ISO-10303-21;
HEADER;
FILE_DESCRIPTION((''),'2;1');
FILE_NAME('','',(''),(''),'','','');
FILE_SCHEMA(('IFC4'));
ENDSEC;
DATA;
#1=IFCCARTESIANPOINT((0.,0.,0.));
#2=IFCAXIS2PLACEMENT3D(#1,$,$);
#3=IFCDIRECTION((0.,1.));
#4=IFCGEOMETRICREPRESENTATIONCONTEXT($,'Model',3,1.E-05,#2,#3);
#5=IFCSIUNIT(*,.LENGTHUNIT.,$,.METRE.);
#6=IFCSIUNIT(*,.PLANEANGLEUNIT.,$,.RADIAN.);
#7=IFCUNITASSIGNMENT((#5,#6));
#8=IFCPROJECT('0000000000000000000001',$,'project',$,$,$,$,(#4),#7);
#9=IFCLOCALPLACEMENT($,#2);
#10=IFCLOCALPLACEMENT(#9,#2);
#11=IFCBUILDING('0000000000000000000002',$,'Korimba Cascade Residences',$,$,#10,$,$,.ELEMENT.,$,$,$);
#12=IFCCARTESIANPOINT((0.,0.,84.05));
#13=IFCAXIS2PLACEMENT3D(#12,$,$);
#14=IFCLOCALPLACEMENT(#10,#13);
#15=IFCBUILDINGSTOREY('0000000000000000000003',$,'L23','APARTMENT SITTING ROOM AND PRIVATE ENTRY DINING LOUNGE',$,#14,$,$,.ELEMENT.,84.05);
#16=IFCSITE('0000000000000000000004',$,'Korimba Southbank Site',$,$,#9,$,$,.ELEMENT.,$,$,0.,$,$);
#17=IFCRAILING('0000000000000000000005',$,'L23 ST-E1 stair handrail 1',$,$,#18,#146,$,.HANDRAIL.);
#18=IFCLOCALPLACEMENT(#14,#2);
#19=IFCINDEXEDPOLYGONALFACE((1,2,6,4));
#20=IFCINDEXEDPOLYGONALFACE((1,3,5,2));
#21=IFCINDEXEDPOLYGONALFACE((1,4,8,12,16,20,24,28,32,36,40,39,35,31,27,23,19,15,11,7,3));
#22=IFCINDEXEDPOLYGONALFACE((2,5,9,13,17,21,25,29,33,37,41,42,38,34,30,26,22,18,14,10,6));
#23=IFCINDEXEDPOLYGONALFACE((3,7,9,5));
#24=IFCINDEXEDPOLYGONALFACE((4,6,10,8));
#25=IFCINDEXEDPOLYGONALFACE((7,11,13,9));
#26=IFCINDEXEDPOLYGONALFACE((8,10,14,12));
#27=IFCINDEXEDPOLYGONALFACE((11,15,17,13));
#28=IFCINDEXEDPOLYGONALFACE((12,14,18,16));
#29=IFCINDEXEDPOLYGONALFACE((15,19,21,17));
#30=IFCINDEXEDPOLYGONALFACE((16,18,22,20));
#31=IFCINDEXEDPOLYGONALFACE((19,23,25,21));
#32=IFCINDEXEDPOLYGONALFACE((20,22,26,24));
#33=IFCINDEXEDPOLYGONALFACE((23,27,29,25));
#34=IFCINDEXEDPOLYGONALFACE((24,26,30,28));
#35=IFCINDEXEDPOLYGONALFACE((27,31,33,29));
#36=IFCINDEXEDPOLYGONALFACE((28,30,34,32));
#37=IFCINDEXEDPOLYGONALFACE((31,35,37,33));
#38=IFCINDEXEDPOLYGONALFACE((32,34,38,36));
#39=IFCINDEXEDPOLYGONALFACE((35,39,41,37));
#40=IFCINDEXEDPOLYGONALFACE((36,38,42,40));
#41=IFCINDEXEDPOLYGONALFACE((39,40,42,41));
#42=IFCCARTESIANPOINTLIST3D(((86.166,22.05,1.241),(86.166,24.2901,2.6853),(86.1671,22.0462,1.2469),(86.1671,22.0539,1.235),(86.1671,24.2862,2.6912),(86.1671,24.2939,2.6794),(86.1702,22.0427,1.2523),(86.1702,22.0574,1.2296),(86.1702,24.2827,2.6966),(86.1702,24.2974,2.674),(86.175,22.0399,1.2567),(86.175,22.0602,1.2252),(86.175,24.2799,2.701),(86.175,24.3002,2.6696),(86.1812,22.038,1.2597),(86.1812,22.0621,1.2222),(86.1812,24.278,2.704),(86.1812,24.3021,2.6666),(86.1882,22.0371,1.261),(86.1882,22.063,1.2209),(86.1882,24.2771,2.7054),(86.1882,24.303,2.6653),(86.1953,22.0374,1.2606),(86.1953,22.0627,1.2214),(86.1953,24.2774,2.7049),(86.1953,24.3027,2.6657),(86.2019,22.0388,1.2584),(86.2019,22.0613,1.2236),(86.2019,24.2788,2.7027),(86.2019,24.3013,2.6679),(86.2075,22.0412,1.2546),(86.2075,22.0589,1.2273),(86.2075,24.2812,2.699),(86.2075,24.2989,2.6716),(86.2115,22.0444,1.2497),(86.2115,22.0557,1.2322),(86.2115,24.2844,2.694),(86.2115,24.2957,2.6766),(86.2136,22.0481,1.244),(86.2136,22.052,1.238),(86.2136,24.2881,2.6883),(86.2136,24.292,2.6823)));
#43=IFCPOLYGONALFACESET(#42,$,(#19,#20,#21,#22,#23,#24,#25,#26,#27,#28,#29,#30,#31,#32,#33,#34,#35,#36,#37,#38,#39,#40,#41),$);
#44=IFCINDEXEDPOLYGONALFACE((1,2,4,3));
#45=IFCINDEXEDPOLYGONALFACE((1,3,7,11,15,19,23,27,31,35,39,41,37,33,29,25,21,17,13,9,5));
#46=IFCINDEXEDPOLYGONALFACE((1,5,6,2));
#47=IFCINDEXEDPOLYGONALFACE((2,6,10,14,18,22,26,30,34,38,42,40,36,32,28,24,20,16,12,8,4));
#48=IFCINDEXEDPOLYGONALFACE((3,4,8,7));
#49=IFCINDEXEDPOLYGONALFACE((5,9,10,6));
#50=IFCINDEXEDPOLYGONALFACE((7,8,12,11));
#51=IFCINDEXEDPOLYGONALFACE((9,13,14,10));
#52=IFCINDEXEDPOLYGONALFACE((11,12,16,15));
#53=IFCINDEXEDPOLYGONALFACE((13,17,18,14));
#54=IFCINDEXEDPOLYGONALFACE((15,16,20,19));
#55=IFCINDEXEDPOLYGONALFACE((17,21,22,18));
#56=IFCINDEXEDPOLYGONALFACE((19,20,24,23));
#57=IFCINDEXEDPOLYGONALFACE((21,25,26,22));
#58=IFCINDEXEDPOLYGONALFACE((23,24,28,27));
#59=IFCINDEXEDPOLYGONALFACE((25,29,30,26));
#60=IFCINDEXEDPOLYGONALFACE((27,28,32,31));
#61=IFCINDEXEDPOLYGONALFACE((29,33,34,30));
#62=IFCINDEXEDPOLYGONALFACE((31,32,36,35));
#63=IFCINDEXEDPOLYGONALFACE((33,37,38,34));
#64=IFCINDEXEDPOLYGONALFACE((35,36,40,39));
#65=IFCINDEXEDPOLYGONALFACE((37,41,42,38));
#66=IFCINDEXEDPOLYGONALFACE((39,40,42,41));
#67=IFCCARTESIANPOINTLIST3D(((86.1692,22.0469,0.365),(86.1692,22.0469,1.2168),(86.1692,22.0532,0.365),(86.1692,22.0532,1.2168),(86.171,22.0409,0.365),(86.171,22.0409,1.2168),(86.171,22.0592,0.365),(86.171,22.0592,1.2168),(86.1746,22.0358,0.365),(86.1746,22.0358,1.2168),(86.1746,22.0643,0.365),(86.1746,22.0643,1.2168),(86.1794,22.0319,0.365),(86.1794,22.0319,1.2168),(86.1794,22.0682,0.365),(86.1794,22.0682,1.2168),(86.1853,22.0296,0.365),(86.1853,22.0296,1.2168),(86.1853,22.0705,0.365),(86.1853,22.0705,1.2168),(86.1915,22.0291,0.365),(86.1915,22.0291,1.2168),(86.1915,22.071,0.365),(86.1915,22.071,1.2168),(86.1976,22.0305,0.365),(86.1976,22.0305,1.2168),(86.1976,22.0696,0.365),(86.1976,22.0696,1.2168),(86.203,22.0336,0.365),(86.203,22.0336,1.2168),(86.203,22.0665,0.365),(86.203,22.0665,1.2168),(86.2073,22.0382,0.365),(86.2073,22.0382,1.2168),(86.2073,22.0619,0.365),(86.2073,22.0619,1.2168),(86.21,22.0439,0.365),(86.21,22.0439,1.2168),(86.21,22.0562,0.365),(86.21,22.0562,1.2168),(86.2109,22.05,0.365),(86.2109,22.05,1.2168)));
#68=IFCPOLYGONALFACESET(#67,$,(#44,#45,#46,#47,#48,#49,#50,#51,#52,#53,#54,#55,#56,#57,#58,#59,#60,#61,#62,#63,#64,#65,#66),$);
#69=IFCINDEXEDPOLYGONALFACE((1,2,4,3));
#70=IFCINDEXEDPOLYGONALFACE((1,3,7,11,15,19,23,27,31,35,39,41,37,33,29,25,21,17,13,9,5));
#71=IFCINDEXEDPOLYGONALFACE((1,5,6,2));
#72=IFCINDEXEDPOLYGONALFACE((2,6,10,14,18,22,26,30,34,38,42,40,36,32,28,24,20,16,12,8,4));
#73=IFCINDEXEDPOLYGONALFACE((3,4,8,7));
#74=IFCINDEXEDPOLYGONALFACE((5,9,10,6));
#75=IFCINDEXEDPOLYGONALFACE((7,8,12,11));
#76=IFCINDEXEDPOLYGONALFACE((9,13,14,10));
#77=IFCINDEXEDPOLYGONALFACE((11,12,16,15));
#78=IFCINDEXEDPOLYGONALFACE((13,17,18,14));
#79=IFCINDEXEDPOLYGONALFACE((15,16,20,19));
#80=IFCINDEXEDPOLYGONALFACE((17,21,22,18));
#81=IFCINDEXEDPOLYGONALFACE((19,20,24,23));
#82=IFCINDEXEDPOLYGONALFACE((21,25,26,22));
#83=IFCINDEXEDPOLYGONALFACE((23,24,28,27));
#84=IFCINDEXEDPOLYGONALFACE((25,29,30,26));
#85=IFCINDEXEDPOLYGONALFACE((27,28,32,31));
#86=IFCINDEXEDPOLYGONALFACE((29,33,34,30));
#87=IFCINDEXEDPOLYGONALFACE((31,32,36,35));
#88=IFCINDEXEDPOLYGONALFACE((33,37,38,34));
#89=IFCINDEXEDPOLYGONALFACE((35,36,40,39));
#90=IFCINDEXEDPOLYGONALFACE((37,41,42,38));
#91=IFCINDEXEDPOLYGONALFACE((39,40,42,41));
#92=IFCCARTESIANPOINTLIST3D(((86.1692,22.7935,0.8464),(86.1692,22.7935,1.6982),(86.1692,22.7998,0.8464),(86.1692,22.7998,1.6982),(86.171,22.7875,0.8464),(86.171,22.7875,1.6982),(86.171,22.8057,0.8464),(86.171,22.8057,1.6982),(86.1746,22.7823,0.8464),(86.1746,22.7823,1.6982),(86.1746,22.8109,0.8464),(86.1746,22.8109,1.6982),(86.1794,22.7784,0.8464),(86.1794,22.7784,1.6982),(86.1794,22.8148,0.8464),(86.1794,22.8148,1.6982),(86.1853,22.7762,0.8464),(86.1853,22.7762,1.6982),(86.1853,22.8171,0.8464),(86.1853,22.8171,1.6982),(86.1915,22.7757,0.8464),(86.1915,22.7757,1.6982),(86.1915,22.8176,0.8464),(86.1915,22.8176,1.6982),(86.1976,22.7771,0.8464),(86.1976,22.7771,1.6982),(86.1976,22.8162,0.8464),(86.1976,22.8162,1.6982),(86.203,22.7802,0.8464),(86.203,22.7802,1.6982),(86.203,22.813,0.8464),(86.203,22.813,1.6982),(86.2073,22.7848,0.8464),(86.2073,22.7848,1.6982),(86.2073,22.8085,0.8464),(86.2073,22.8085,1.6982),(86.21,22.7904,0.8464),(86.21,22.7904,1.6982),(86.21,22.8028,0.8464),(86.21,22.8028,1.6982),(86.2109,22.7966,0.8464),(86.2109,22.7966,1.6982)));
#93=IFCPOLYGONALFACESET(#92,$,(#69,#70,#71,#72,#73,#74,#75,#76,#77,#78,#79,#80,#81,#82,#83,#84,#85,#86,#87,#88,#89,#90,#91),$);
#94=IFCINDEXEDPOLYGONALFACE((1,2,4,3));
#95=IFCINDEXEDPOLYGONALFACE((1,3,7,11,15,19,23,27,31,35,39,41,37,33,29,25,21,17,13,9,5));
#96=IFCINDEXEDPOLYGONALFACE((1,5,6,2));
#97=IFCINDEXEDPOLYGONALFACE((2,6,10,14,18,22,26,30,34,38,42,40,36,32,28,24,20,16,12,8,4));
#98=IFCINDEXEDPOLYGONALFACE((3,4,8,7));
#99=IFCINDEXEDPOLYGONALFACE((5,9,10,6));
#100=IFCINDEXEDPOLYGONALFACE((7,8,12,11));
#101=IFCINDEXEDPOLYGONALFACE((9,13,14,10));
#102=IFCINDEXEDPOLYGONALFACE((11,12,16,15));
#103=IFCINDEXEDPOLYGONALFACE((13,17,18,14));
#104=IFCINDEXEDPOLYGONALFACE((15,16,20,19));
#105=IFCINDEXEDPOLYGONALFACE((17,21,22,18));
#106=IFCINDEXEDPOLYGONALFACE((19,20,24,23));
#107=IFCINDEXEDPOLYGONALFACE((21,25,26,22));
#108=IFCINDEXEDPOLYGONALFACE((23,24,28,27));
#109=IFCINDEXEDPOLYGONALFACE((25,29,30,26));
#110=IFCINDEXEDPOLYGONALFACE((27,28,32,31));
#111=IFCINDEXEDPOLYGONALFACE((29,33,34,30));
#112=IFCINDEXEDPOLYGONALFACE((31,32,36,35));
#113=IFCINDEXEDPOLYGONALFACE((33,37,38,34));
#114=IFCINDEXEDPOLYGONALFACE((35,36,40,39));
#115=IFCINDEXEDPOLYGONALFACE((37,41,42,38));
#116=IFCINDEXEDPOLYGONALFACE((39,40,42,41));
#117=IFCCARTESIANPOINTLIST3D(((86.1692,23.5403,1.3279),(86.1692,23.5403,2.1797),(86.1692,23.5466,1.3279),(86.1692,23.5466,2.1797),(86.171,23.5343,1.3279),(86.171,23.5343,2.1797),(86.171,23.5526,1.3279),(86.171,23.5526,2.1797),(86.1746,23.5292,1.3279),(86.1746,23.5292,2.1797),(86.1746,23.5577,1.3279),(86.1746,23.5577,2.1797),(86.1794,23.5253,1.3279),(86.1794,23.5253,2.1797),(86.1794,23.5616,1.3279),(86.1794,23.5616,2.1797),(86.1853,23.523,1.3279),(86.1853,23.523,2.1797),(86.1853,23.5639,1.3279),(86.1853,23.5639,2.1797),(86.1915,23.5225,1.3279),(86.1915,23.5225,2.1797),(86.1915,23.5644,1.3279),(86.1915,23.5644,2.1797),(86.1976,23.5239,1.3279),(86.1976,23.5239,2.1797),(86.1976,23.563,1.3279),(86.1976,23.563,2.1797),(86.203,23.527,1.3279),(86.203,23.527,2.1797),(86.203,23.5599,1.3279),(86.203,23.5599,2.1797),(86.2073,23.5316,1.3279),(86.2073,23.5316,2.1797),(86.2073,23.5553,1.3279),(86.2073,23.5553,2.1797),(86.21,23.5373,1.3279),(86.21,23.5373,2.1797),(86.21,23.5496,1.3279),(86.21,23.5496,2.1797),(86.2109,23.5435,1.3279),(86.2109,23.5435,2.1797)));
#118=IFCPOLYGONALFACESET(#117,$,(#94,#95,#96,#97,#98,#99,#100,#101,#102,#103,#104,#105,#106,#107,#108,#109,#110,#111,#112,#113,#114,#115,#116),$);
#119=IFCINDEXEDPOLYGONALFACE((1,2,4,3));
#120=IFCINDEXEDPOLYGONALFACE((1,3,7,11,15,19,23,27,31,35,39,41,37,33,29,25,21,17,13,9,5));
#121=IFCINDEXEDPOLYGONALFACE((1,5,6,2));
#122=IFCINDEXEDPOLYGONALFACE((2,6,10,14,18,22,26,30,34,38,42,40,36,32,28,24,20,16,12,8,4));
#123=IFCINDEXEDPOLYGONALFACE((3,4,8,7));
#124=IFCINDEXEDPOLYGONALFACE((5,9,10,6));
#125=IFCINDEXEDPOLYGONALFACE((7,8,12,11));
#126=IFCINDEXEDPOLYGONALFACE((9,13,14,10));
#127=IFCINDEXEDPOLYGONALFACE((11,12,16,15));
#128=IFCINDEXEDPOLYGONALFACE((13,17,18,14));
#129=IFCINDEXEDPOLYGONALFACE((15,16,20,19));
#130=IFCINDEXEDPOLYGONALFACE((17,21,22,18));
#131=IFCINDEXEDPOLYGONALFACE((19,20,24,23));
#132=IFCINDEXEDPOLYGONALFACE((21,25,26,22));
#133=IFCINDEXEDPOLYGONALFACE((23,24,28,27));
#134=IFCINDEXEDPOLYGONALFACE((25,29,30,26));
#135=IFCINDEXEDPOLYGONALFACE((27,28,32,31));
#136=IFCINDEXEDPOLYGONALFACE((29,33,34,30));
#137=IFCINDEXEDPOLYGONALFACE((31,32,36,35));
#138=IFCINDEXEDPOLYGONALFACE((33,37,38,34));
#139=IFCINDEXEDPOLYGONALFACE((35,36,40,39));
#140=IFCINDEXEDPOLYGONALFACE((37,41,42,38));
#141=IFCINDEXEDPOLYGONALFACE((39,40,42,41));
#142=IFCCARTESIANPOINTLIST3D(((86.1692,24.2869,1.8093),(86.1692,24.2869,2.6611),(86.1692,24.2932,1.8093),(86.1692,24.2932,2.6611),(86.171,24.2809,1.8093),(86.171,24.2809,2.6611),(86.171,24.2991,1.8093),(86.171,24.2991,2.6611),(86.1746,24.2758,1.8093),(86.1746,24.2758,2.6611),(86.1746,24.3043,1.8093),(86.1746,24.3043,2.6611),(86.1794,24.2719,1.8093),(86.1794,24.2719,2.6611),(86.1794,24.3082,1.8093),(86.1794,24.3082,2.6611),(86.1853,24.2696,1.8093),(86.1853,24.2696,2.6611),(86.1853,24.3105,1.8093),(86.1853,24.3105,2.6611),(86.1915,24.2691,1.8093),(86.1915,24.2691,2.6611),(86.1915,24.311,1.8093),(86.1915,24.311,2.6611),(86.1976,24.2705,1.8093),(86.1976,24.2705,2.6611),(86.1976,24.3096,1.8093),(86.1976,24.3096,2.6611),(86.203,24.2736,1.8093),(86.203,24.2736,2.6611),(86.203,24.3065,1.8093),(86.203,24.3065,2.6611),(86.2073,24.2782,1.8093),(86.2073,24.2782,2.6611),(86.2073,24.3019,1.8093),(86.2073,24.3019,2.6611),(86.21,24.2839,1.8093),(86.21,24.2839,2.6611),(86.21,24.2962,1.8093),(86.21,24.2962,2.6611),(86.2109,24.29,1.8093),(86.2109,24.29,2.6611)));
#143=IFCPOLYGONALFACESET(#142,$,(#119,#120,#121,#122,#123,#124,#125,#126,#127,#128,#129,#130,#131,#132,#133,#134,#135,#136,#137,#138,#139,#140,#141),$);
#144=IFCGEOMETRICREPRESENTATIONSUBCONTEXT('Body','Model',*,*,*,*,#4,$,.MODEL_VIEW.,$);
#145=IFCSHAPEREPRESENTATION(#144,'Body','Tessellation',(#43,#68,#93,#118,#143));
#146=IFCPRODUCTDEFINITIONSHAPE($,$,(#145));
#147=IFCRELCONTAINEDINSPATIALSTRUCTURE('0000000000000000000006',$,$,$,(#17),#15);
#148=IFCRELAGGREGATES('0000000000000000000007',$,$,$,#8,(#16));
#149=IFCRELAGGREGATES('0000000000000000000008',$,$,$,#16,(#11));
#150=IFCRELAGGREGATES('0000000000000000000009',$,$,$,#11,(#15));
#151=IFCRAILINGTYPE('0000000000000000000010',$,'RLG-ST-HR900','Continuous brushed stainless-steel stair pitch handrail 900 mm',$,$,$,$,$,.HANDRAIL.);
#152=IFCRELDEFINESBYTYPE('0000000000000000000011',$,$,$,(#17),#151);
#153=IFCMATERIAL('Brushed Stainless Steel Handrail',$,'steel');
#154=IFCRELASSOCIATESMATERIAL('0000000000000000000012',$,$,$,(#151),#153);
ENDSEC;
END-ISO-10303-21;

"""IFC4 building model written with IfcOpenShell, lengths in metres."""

from ifc_helpers import new_model, si_unit, direction, frame, origin, origin_2d, place, context, subcontext, project, spatial, circle, extrude, material, type_object, element, save


model = new_model("IFC4")

# Units and contexts
model_context = context("Model", 3, precision=1e-05, world=origin(), true_north=direction((0.0, 1.0)))
body_context = subcontext(model_context, "Body", "Model", "MODEL_VIEW")
ifc_project = project(units=[si_unit("LENGTHUNIT", "METRE"), si_unit("PLANEANGLEUNIT", "RADIAN")], contexts=[model_context])

# Site, building, storey
site_placement = place(None, origin())
site = spatial("IfcSite", under=ifc_project, at=site_placement, Name="Korimba Southbank Site", CompositionType="ELEMENT", RefElevation=0.0)
building_placement = place(site_placement, origin())
building = spatial("IfcBuilding", under=site, at=building_placement, Name="Korimba Cascade Residences", CompositionType="ELEMENT")
storey_placement = place(building_placement, frame((0.0, 0.0, 84.05)))
storey = spatial("IfcBuildingStorey", under=building, at=storey_placement, Name="L23", Description="APARTMENT SITTING ROOM AND PRIVATE ENTRY DINING LOUNGE", CompositionType="ELEMENT", Elevation=84.05)

# Railing
ifc_material_1 = material(Name="Brushed Stainless Steel Handrail", Category="steel")
railing_type = type_object("IfcRailingType", Name="RLG-ST-HR900", Description="Continuous brushed stainless-steel stair pitch handrail 900 mm", PredefinedType="HANDRAIL", material=ifc_material_1)
railing_placement = place(storey_placement, frame((86.1899, 22.05, 0.365)))
element("IfcRailing", 1, at=railing_placement, inside=storey, type_object=railing_type, Name="L23 ST-E1 stair handrail 1", PredefinedType="HANDRAIL", context=body_context, shape_type="SweptSolid", body=[
    extrude(circle(Radius=0.0239, at=origin_2d()), frame((0.0, 0.0, 0.876), z_axis=(0.0, 0.840437, 0.54191), x_axis=(-1.0, 0.0, 0.0)), (0.0, 0.0, 1.0), 2.6653),
    extrude(circle(Radius=0.021, at=origin_2d()), origin(), (0.0, 0.0, 1.0), 0.8518),
    extrude(circle(Radius=0.021, at=origin_2d()), frame((0.0, 0.7466, 0.4814)), (0.0, 0.0, 1.0), 0.8518),
    extrude(circle(Radius=0.021, at=origin_2d()), frame((0.0, 1.4934, 0.9629)), (0.0, 0.0, 1.0), 0.8518),
    extrude(circle(Radius=0.021, at=origin_2d()), frame((0.0, 2.24, 1.4443)), (0.0, 0.0, 1.0), 0.8518),
])

save(model, "model.ifc")
